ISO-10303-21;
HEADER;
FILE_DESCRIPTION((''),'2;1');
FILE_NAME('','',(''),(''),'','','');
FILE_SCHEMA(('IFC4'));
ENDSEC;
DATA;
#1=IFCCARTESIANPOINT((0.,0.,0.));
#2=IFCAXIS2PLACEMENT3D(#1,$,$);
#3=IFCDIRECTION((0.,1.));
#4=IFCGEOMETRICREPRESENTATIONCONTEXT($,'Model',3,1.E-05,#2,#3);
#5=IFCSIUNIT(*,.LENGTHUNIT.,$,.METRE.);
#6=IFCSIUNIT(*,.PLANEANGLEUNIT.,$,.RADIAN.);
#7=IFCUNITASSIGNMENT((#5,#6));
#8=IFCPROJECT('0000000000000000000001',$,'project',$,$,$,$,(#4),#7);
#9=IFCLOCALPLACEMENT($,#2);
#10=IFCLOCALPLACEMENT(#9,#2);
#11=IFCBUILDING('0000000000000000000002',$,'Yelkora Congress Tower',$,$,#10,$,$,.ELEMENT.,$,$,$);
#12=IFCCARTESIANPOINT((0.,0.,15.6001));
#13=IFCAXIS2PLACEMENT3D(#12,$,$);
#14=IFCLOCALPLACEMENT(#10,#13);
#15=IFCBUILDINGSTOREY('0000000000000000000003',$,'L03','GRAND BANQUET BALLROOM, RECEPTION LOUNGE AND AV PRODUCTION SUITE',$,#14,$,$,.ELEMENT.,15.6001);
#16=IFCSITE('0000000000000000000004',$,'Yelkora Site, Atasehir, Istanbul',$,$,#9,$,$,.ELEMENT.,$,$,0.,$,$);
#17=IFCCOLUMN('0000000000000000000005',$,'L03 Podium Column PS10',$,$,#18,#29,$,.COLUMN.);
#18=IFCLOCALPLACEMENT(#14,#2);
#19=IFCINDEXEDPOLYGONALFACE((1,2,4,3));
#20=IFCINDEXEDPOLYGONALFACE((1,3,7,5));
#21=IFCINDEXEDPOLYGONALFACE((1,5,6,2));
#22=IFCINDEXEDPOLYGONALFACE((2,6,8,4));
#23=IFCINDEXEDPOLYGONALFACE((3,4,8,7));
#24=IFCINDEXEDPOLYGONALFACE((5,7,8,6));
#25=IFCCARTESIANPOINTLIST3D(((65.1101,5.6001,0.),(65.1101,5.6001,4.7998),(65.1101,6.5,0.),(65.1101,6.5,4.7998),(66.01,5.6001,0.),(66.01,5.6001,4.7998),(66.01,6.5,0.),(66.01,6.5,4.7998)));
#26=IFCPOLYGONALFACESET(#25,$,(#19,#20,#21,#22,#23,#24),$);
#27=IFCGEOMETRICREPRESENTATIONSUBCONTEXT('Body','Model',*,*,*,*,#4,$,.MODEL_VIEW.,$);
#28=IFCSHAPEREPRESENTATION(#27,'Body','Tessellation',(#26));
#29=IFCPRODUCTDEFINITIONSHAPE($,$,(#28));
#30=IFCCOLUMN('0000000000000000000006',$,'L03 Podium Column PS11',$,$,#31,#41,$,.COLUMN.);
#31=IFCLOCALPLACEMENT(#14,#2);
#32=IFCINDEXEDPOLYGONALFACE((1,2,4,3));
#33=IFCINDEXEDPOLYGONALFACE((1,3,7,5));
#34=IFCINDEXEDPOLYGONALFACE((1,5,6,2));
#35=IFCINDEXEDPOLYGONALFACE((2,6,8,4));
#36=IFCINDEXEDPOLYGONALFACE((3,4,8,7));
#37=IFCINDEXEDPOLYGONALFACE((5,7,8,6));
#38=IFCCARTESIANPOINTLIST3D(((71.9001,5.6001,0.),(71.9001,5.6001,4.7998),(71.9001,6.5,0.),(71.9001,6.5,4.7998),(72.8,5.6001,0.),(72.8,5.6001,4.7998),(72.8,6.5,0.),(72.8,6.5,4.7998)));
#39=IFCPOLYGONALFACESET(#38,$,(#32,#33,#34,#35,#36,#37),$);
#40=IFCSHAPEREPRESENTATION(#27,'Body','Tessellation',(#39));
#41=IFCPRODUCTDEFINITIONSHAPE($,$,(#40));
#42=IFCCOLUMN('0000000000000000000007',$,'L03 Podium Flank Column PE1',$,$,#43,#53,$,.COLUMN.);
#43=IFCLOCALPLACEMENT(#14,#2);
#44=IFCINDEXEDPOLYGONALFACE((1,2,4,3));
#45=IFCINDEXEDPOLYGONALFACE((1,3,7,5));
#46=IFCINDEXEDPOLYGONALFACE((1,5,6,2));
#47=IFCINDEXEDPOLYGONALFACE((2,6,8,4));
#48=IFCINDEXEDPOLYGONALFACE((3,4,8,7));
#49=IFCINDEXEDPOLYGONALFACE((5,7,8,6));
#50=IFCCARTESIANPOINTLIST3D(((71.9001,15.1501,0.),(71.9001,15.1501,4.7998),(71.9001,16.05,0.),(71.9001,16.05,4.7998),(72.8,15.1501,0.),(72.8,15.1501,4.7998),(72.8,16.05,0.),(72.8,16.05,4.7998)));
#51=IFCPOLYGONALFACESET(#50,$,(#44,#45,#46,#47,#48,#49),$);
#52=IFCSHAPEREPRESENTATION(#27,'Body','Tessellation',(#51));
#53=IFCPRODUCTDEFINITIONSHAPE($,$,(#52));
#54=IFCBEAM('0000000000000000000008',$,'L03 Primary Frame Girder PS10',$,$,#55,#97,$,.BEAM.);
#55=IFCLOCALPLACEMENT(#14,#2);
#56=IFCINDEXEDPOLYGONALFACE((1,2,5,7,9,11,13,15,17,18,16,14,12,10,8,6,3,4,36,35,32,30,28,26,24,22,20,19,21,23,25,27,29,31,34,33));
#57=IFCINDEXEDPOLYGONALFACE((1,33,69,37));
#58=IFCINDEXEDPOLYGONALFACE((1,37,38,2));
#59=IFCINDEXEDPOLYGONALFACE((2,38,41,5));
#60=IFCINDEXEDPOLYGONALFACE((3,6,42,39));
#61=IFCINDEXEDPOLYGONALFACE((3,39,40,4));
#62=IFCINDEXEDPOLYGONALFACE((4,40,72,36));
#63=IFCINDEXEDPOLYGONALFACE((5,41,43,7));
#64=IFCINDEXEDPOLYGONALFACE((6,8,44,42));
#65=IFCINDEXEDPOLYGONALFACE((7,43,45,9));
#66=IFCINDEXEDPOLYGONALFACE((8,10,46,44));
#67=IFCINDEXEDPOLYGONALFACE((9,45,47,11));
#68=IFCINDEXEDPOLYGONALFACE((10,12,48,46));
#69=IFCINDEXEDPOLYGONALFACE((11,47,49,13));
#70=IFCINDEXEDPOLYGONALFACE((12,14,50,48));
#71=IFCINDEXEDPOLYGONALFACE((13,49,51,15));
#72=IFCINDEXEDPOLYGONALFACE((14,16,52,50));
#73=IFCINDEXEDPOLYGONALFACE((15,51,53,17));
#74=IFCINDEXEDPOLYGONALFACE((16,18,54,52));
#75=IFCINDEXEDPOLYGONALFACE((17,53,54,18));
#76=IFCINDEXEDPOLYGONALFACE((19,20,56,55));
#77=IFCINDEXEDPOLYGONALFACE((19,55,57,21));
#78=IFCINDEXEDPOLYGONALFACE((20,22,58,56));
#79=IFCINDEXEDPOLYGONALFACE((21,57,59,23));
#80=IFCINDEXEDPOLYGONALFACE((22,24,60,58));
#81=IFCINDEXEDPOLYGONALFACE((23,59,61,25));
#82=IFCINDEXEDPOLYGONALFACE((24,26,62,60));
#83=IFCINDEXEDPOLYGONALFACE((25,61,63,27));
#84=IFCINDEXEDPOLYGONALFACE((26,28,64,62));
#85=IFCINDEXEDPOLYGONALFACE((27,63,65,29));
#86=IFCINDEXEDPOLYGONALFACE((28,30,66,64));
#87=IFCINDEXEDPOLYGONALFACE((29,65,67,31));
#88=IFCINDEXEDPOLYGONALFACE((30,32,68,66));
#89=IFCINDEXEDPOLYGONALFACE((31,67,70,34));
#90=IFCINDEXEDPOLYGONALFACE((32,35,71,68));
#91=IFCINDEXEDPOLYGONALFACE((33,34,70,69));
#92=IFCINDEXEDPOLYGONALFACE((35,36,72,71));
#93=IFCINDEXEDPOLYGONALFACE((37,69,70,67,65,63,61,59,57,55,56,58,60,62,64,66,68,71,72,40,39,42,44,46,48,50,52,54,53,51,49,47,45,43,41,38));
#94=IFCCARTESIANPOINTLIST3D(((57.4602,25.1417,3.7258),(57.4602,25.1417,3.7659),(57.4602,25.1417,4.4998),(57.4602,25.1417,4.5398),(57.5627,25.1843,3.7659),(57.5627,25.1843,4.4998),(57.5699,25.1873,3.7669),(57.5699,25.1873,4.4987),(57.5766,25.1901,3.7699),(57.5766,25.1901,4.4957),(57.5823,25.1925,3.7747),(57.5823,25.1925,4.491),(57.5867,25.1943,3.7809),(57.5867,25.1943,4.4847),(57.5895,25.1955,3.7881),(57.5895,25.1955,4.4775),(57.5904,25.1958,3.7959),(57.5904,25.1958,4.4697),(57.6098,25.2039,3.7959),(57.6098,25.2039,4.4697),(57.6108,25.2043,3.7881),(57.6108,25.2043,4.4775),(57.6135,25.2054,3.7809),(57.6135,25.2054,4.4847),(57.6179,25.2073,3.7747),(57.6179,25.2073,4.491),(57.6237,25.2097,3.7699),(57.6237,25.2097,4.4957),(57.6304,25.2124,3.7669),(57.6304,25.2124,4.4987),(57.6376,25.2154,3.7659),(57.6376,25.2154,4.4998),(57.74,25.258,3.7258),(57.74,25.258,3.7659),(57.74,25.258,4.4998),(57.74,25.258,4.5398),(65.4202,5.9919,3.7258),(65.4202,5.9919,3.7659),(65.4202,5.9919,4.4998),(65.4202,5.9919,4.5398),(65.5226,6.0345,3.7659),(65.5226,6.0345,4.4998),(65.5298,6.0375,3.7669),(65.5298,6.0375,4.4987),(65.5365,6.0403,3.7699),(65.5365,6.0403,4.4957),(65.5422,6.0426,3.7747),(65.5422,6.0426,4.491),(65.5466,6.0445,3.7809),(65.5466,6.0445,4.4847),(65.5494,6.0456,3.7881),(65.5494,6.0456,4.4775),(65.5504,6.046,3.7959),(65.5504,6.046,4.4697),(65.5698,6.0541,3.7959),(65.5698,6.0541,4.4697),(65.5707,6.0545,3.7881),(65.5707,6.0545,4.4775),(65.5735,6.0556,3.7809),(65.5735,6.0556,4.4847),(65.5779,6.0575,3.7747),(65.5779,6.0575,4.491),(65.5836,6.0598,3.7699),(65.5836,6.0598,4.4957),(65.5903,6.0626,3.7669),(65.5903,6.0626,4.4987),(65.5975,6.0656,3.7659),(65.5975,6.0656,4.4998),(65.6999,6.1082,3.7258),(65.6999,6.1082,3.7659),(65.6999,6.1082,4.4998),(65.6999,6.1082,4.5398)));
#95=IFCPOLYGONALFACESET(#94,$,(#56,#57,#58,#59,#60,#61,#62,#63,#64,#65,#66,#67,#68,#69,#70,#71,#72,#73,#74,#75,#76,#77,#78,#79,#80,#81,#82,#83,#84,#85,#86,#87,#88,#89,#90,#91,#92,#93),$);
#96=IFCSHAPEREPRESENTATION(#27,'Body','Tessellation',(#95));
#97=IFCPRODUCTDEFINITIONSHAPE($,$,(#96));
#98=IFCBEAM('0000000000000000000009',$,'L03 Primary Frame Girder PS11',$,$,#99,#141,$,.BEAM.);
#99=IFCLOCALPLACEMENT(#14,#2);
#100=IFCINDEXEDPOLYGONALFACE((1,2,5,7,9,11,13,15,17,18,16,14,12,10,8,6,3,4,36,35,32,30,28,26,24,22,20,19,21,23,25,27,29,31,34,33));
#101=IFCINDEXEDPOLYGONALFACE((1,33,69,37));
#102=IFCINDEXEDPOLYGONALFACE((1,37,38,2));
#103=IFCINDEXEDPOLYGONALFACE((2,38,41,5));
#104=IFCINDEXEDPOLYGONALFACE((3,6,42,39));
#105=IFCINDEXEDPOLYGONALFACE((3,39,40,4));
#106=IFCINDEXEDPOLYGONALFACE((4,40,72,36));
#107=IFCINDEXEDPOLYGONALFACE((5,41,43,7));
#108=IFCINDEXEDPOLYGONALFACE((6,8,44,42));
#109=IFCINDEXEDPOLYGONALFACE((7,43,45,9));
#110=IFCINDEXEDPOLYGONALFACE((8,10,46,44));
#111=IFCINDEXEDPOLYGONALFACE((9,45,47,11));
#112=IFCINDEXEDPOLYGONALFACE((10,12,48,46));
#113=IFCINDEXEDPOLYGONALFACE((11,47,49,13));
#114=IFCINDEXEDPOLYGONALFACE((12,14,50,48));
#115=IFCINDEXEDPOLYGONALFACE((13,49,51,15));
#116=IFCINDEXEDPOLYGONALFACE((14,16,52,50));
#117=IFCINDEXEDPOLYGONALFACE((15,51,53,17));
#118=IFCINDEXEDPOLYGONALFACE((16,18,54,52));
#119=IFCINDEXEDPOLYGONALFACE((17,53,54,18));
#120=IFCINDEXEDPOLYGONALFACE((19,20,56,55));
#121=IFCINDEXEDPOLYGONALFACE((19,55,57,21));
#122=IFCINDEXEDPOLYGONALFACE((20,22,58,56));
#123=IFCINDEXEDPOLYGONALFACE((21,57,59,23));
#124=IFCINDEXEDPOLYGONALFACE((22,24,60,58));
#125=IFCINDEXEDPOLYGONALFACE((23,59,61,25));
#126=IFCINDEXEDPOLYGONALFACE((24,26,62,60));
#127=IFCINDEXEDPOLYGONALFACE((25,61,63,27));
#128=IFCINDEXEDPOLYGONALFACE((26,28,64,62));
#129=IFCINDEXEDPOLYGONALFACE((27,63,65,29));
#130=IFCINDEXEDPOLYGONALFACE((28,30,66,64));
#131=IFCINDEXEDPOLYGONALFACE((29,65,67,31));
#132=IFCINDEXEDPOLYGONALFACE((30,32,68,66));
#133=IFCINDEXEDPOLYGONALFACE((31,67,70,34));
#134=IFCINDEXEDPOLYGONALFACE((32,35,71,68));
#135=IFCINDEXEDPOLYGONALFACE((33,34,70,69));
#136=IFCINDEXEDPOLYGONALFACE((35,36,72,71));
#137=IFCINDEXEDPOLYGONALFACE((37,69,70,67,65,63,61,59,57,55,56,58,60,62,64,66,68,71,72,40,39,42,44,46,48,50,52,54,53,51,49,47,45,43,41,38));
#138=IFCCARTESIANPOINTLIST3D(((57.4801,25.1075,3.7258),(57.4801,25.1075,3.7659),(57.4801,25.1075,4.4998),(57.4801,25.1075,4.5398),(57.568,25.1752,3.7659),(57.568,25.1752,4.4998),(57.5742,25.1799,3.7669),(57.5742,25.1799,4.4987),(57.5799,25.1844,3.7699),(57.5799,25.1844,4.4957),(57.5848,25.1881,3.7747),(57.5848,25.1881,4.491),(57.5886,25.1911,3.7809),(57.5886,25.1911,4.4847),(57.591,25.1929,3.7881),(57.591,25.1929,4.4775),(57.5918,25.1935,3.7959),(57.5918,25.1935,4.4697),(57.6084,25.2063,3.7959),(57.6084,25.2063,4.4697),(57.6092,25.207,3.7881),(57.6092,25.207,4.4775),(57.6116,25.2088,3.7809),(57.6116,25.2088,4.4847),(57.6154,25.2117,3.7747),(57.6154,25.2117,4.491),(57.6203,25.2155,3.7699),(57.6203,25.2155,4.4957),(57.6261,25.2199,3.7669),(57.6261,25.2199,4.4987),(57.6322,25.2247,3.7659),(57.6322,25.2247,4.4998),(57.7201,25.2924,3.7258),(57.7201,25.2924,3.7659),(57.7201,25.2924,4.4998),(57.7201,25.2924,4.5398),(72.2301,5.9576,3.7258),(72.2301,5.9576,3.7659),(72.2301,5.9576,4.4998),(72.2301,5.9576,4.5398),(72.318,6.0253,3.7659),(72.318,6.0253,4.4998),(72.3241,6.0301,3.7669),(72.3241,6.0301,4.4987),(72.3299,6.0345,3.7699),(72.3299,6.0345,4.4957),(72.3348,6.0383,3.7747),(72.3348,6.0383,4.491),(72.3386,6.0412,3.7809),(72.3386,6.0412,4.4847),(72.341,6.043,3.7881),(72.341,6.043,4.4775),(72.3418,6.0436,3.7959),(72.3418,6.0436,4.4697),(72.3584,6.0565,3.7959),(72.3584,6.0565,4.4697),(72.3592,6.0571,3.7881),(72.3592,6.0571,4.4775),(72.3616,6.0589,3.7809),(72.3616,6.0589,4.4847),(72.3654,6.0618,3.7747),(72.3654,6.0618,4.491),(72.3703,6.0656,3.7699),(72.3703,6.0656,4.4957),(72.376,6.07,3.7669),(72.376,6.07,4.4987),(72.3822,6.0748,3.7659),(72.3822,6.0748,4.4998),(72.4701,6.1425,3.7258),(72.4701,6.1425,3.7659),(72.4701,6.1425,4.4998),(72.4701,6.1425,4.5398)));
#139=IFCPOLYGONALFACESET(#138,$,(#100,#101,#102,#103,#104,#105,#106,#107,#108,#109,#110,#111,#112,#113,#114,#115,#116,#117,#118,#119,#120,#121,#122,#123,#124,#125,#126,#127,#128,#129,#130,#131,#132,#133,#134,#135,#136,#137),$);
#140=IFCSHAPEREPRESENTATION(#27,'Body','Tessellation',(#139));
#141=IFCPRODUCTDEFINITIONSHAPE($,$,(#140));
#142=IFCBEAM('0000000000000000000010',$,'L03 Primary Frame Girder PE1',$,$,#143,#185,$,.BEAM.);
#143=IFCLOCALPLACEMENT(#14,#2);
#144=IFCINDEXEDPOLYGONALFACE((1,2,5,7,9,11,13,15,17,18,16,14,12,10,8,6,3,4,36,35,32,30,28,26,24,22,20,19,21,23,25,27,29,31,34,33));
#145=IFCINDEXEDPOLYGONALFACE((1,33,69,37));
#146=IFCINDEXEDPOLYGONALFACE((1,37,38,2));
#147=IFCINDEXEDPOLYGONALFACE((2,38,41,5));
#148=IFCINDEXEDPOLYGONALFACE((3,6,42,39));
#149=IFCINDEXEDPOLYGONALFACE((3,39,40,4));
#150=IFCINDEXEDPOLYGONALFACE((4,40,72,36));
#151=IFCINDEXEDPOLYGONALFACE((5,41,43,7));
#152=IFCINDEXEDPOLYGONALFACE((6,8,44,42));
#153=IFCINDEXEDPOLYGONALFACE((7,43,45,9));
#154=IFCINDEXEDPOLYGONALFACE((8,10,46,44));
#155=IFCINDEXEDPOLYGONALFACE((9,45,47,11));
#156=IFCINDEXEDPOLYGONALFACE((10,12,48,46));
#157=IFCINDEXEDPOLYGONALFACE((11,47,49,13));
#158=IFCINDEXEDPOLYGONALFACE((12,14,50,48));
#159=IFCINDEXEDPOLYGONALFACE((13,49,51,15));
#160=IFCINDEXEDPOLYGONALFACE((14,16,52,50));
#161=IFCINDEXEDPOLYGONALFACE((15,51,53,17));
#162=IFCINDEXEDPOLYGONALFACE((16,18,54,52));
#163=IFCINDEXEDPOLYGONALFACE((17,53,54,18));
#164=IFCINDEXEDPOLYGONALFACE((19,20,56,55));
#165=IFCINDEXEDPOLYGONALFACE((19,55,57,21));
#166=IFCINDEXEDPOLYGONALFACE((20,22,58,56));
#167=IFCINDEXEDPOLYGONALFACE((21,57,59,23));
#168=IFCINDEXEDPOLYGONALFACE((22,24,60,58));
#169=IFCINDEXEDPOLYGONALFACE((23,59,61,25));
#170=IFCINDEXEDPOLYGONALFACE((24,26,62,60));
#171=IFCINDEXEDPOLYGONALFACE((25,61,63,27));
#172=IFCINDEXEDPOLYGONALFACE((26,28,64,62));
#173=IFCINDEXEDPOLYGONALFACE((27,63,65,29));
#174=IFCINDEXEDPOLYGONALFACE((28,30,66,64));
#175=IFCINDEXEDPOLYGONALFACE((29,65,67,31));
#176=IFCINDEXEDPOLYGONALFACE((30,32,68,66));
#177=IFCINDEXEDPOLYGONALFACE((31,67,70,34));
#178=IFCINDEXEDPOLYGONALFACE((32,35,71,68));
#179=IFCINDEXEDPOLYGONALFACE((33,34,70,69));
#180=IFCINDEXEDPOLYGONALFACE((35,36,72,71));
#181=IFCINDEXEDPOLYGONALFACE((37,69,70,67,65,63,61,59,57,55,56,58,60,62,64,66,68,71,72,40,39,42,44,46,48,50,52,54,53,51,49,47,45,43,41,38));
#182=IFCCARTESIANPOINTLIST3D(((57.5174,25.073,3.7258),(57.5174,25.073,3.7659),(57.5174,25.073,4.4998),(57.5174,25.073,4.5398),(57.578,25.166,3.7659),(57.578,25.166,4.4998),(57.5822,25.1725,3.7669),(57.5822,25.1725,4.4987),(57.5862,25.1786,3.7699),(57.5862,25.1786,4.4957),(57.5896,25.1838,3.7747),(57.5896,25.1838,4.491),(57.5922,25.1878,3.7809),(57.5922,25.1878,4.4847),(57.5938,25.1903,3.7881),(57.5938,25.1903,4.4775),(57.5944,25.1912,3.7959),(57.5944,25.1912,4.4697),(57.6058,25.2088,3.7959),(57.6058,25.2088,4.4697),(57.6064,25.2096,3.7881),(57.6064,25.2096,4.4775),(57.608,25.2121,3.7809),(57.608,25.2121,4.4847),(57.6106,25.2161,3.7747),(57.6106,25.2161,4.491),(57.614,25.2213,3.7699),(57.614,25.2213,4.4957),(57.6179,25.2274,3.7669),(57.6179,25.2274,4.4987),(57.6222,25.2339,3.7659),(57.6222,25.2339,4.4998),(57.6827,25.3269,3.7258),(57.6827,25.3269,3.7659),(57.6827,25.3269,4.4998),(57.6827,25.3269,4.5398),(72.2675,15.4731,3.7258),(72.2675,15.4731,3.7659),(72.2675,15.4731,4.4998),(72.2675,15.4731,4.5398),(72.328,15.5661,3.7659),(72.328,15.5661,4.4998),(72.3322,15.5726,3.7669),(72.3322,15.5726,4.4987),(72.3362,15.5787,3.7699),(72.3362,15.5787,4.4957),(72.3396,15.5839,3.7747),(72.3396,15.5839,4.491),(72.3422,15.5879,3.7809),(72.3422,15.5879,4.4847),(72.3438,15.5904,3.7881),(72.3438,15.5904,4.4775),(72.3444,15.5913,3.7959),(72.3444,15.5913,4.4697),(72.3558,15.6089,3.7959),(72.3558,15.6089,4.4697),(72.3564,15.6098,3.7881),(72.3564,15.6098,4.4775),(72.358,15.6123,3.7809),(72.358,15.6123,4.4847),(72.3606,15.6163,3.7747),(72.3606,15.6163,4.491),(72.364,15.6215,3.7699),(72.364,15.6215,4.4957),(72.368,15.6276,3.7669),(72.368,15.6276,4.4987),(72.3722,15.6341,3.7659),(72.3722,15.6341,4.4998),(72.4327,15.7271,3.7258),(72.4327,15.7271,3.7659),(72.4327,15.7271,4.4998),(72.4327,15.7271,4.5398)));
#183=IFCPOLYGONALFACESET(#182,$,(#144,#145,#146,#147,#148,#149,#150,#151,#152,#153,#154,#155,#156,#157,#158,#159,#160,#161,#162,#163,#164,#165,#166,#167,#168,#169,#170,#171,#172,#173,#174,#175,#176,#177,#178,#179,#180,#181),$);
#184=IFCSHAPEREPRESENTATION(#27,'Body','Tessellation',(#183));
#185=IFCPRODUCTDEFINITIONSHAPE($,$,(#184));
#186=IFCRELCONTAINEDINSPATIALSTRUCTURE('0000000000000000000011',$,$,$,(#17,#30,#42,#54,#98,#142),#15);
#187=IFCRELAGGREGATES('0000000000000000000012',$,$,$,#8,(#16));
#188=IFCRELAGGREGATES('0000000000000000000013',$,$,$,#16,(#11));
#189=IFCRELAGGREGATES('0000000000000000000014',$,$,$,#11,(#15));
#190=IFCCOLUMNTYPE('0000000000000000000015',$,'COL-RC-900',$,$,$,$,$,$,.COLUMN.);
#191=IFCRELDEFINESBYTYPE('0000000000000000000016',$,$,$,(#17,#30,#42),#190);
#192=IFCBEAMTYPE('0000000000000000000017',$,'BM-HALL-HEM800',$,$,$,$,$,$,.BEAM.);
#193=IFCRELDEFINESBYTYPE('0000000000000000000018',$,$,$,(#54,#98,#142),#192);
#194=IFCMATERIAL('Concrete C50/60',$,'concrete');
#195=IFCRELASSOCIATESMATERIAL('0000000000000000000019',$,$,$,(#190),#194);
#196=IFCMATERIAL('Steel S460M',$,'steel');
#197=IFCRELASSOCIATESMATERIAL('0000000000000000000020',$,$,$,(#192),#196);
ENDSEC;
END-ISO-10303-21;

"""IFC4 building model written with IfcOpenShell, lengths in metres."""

from ifc_helpers import new_model, si_unit, direction, frame, origin, origin_2d, place, context, subcontext, project, spatial, rectangle, i_section, extrude, material, material_profile, profile_set, type_object, element, save


model = new_model("IFC4")

# Units and contexts
model_context = context("Model", 3, precision=1e-05, world=origin(), true_north=direction((0.0, 1.0)))
body_context = subcontext(model_context, "Body", "Model", "MODEL_VIEW")
ifc_project = project(units=[si_unit("LENGTHUNIT", "METRE"), si_unit("PLANEANGLEUNIT", "RADIAN")], contexts=[model_context])

# Site, building, storey
site_placement = place(None, origin())
site = spatial("IfcSite", under=ifc_project, at=site_placement, Name="Yelkora Site, Atasehir, Istanbul", CompositionType="ELEMENT", RefElevation=0.0)
building_placement = place(site_placement, origin())
building = spatial("IfcBuilding", under=site, at=building_placement, Name="Yelkora Congress Tower", CompositionType="ELEMENT")
storey_placement = place(building_placement, frame((0.0, 0.0, 15.6001)))
storey = spatial("IfcBuildingStorey", under=building, at=storey_placement, Name="L03", Description="GRAND BANQUET BALLROOM, RECEPTION LOUNGE AND AV PRODUCTION SUITE", CompositionType="ELEMENT", Elevation=15.6001)

# Columns
ifc_material_1 = material(Name="Concrete C50/60", Category="concrete")
ifc_material_profile_1 = material_profile(ifc_material_1, rectangle(XDim=0.8999, YDim=0.8999, at=origin_2d()), Name="RC 900x900")
ifc_profile_set_1 = profile_set([ifc_material_profile_1], Name="Concrete C50/60")
column_type = type_object("IfcColumnType", Name="COL-RC-900", PredefinedType="COLUMN", material=ifc_profile_set_1)
for number, where, z_axis, x_axis, name in (
    (1, (65.5601, 6.05, 0.0), (0.0, 0.0, 1.0), (1.0, 0.0, 0.0), "L03 Podium Column PS10"),
    (2, (72.3501, 6.05, 0.0), (0.0, 0.0, 1.0), (1.0, 0.0, 0.0), "L03 Podium Column PS11"),
    (3, (72.3501, 15.6001, 0.0), (0.0, 0.0, 1.0), (1.0, 0.0, 0.0), "L03 Podium Flank Column PE1"),
):
    element("IfcColumn", number, at=place(storey_placement, frame(where, z_axis=z_axis, x_axis=x_axis)), inside=storey, type_object=column_type, Name=name, PredefinedType="COLUMN", context=body_context, shape_type="SweptSolid", body=[
        extrude(rectangle(XDim=0.8999, YDim=0.8999, at=origin_2d()), origin(), (0.0, 0.0, 1.0), 4.7998),
    ])

# Beams
ifc_material_2 = material(Name="Steel S460M", Category="steel")
ifc_material_profile_2 = material_profile(ifc_material_2, i_section(OverallWidth=0.303, OverallDepth=0.814, WebThickness=0.021, FlangeThickness=0.04, FilletRadius=0.03, at=origin_2d()), Name="HEM 800")
ifc_profile_set_2 = profile_set([ifc_material_profile_2], Name="Steel S460M")
beam_type_1 = type_object("IfcBeamType", Name="BM-HALL-HEM800", PredefinedType="BEAM", material=ifc_profile_set_2)
beam_1_placement = place(storey_placement, frame((65.5601, 6.05, 4.1328), z_axis=(-0.383828, 0.923405, 0.0), x_axis=(-0.923405, -0.383828, 0.0)))
element("IfcBeam", 4, at=beam_1_placement, inside=storey, type_object=beam_type_1, Name="L03 Primary Frame Girder PS10", PredefinedType="BEAM", context=body_context, shape_type="SweptSolid", body=[
    extrude(i_section(OverallWidth=0.303, OverallDepth=0.814, WebThickness=0.021, FlangeThickness=0.04, FilletRadius=0.03, at=origin_2d()), origin(), (0.0, 0.0, 1.0), 20.7383),
])
beam_2_placement = place(storey_placement, frame((72.3501, 6.05, 4.1328), z_axis=(-0.610212, 0.792238, 0.0), x_axis=(-0.792238, -0.610212, 0.0)))
element("IfcBeam", 5, at=beam_2_placement, inside=storey, type_object=beam_type_1, Name="L03 Primary Frame Girder PS11", PredefinedType="BEAM", context=body_context, shape_type="SweptSolid", body=[
    extrude(i_section(OverallWidth=0.303, OverallDepth=0.814, WebThickness=0.021, FlangeThickness=0.04, FilletRadius=0.03, at=origin_2d()), origin(), (0.0, 0.0, 1.0), 24.1719),
])
beam_3_placement = place(storey_placement, frame((72.3501, 15.6001, 4.1328), z_axis=(-0.838123, 0.545482, 0.0), x_axis=(-0.545482, -0.838123, 0.0)))
element("IfcBeam", 6, at=beam_3_placement, inside=storey, type_object=beam_type_1, Name="L03 Primary Frame Girder PE1", PredefinedType="BEAM", context=body_context, shape_type="SweptSolid", body=[
    extrude(i_section(OverallWidth=0.303, OverallDepth=0.814, WebThickness=0.021, FlangeThickness=0.04, FilletRadius=0.03, at=origin_2d()), origin(), (0.0, 0.0, 1.0), 17.5989),
])

save(model, "model.ifc")
